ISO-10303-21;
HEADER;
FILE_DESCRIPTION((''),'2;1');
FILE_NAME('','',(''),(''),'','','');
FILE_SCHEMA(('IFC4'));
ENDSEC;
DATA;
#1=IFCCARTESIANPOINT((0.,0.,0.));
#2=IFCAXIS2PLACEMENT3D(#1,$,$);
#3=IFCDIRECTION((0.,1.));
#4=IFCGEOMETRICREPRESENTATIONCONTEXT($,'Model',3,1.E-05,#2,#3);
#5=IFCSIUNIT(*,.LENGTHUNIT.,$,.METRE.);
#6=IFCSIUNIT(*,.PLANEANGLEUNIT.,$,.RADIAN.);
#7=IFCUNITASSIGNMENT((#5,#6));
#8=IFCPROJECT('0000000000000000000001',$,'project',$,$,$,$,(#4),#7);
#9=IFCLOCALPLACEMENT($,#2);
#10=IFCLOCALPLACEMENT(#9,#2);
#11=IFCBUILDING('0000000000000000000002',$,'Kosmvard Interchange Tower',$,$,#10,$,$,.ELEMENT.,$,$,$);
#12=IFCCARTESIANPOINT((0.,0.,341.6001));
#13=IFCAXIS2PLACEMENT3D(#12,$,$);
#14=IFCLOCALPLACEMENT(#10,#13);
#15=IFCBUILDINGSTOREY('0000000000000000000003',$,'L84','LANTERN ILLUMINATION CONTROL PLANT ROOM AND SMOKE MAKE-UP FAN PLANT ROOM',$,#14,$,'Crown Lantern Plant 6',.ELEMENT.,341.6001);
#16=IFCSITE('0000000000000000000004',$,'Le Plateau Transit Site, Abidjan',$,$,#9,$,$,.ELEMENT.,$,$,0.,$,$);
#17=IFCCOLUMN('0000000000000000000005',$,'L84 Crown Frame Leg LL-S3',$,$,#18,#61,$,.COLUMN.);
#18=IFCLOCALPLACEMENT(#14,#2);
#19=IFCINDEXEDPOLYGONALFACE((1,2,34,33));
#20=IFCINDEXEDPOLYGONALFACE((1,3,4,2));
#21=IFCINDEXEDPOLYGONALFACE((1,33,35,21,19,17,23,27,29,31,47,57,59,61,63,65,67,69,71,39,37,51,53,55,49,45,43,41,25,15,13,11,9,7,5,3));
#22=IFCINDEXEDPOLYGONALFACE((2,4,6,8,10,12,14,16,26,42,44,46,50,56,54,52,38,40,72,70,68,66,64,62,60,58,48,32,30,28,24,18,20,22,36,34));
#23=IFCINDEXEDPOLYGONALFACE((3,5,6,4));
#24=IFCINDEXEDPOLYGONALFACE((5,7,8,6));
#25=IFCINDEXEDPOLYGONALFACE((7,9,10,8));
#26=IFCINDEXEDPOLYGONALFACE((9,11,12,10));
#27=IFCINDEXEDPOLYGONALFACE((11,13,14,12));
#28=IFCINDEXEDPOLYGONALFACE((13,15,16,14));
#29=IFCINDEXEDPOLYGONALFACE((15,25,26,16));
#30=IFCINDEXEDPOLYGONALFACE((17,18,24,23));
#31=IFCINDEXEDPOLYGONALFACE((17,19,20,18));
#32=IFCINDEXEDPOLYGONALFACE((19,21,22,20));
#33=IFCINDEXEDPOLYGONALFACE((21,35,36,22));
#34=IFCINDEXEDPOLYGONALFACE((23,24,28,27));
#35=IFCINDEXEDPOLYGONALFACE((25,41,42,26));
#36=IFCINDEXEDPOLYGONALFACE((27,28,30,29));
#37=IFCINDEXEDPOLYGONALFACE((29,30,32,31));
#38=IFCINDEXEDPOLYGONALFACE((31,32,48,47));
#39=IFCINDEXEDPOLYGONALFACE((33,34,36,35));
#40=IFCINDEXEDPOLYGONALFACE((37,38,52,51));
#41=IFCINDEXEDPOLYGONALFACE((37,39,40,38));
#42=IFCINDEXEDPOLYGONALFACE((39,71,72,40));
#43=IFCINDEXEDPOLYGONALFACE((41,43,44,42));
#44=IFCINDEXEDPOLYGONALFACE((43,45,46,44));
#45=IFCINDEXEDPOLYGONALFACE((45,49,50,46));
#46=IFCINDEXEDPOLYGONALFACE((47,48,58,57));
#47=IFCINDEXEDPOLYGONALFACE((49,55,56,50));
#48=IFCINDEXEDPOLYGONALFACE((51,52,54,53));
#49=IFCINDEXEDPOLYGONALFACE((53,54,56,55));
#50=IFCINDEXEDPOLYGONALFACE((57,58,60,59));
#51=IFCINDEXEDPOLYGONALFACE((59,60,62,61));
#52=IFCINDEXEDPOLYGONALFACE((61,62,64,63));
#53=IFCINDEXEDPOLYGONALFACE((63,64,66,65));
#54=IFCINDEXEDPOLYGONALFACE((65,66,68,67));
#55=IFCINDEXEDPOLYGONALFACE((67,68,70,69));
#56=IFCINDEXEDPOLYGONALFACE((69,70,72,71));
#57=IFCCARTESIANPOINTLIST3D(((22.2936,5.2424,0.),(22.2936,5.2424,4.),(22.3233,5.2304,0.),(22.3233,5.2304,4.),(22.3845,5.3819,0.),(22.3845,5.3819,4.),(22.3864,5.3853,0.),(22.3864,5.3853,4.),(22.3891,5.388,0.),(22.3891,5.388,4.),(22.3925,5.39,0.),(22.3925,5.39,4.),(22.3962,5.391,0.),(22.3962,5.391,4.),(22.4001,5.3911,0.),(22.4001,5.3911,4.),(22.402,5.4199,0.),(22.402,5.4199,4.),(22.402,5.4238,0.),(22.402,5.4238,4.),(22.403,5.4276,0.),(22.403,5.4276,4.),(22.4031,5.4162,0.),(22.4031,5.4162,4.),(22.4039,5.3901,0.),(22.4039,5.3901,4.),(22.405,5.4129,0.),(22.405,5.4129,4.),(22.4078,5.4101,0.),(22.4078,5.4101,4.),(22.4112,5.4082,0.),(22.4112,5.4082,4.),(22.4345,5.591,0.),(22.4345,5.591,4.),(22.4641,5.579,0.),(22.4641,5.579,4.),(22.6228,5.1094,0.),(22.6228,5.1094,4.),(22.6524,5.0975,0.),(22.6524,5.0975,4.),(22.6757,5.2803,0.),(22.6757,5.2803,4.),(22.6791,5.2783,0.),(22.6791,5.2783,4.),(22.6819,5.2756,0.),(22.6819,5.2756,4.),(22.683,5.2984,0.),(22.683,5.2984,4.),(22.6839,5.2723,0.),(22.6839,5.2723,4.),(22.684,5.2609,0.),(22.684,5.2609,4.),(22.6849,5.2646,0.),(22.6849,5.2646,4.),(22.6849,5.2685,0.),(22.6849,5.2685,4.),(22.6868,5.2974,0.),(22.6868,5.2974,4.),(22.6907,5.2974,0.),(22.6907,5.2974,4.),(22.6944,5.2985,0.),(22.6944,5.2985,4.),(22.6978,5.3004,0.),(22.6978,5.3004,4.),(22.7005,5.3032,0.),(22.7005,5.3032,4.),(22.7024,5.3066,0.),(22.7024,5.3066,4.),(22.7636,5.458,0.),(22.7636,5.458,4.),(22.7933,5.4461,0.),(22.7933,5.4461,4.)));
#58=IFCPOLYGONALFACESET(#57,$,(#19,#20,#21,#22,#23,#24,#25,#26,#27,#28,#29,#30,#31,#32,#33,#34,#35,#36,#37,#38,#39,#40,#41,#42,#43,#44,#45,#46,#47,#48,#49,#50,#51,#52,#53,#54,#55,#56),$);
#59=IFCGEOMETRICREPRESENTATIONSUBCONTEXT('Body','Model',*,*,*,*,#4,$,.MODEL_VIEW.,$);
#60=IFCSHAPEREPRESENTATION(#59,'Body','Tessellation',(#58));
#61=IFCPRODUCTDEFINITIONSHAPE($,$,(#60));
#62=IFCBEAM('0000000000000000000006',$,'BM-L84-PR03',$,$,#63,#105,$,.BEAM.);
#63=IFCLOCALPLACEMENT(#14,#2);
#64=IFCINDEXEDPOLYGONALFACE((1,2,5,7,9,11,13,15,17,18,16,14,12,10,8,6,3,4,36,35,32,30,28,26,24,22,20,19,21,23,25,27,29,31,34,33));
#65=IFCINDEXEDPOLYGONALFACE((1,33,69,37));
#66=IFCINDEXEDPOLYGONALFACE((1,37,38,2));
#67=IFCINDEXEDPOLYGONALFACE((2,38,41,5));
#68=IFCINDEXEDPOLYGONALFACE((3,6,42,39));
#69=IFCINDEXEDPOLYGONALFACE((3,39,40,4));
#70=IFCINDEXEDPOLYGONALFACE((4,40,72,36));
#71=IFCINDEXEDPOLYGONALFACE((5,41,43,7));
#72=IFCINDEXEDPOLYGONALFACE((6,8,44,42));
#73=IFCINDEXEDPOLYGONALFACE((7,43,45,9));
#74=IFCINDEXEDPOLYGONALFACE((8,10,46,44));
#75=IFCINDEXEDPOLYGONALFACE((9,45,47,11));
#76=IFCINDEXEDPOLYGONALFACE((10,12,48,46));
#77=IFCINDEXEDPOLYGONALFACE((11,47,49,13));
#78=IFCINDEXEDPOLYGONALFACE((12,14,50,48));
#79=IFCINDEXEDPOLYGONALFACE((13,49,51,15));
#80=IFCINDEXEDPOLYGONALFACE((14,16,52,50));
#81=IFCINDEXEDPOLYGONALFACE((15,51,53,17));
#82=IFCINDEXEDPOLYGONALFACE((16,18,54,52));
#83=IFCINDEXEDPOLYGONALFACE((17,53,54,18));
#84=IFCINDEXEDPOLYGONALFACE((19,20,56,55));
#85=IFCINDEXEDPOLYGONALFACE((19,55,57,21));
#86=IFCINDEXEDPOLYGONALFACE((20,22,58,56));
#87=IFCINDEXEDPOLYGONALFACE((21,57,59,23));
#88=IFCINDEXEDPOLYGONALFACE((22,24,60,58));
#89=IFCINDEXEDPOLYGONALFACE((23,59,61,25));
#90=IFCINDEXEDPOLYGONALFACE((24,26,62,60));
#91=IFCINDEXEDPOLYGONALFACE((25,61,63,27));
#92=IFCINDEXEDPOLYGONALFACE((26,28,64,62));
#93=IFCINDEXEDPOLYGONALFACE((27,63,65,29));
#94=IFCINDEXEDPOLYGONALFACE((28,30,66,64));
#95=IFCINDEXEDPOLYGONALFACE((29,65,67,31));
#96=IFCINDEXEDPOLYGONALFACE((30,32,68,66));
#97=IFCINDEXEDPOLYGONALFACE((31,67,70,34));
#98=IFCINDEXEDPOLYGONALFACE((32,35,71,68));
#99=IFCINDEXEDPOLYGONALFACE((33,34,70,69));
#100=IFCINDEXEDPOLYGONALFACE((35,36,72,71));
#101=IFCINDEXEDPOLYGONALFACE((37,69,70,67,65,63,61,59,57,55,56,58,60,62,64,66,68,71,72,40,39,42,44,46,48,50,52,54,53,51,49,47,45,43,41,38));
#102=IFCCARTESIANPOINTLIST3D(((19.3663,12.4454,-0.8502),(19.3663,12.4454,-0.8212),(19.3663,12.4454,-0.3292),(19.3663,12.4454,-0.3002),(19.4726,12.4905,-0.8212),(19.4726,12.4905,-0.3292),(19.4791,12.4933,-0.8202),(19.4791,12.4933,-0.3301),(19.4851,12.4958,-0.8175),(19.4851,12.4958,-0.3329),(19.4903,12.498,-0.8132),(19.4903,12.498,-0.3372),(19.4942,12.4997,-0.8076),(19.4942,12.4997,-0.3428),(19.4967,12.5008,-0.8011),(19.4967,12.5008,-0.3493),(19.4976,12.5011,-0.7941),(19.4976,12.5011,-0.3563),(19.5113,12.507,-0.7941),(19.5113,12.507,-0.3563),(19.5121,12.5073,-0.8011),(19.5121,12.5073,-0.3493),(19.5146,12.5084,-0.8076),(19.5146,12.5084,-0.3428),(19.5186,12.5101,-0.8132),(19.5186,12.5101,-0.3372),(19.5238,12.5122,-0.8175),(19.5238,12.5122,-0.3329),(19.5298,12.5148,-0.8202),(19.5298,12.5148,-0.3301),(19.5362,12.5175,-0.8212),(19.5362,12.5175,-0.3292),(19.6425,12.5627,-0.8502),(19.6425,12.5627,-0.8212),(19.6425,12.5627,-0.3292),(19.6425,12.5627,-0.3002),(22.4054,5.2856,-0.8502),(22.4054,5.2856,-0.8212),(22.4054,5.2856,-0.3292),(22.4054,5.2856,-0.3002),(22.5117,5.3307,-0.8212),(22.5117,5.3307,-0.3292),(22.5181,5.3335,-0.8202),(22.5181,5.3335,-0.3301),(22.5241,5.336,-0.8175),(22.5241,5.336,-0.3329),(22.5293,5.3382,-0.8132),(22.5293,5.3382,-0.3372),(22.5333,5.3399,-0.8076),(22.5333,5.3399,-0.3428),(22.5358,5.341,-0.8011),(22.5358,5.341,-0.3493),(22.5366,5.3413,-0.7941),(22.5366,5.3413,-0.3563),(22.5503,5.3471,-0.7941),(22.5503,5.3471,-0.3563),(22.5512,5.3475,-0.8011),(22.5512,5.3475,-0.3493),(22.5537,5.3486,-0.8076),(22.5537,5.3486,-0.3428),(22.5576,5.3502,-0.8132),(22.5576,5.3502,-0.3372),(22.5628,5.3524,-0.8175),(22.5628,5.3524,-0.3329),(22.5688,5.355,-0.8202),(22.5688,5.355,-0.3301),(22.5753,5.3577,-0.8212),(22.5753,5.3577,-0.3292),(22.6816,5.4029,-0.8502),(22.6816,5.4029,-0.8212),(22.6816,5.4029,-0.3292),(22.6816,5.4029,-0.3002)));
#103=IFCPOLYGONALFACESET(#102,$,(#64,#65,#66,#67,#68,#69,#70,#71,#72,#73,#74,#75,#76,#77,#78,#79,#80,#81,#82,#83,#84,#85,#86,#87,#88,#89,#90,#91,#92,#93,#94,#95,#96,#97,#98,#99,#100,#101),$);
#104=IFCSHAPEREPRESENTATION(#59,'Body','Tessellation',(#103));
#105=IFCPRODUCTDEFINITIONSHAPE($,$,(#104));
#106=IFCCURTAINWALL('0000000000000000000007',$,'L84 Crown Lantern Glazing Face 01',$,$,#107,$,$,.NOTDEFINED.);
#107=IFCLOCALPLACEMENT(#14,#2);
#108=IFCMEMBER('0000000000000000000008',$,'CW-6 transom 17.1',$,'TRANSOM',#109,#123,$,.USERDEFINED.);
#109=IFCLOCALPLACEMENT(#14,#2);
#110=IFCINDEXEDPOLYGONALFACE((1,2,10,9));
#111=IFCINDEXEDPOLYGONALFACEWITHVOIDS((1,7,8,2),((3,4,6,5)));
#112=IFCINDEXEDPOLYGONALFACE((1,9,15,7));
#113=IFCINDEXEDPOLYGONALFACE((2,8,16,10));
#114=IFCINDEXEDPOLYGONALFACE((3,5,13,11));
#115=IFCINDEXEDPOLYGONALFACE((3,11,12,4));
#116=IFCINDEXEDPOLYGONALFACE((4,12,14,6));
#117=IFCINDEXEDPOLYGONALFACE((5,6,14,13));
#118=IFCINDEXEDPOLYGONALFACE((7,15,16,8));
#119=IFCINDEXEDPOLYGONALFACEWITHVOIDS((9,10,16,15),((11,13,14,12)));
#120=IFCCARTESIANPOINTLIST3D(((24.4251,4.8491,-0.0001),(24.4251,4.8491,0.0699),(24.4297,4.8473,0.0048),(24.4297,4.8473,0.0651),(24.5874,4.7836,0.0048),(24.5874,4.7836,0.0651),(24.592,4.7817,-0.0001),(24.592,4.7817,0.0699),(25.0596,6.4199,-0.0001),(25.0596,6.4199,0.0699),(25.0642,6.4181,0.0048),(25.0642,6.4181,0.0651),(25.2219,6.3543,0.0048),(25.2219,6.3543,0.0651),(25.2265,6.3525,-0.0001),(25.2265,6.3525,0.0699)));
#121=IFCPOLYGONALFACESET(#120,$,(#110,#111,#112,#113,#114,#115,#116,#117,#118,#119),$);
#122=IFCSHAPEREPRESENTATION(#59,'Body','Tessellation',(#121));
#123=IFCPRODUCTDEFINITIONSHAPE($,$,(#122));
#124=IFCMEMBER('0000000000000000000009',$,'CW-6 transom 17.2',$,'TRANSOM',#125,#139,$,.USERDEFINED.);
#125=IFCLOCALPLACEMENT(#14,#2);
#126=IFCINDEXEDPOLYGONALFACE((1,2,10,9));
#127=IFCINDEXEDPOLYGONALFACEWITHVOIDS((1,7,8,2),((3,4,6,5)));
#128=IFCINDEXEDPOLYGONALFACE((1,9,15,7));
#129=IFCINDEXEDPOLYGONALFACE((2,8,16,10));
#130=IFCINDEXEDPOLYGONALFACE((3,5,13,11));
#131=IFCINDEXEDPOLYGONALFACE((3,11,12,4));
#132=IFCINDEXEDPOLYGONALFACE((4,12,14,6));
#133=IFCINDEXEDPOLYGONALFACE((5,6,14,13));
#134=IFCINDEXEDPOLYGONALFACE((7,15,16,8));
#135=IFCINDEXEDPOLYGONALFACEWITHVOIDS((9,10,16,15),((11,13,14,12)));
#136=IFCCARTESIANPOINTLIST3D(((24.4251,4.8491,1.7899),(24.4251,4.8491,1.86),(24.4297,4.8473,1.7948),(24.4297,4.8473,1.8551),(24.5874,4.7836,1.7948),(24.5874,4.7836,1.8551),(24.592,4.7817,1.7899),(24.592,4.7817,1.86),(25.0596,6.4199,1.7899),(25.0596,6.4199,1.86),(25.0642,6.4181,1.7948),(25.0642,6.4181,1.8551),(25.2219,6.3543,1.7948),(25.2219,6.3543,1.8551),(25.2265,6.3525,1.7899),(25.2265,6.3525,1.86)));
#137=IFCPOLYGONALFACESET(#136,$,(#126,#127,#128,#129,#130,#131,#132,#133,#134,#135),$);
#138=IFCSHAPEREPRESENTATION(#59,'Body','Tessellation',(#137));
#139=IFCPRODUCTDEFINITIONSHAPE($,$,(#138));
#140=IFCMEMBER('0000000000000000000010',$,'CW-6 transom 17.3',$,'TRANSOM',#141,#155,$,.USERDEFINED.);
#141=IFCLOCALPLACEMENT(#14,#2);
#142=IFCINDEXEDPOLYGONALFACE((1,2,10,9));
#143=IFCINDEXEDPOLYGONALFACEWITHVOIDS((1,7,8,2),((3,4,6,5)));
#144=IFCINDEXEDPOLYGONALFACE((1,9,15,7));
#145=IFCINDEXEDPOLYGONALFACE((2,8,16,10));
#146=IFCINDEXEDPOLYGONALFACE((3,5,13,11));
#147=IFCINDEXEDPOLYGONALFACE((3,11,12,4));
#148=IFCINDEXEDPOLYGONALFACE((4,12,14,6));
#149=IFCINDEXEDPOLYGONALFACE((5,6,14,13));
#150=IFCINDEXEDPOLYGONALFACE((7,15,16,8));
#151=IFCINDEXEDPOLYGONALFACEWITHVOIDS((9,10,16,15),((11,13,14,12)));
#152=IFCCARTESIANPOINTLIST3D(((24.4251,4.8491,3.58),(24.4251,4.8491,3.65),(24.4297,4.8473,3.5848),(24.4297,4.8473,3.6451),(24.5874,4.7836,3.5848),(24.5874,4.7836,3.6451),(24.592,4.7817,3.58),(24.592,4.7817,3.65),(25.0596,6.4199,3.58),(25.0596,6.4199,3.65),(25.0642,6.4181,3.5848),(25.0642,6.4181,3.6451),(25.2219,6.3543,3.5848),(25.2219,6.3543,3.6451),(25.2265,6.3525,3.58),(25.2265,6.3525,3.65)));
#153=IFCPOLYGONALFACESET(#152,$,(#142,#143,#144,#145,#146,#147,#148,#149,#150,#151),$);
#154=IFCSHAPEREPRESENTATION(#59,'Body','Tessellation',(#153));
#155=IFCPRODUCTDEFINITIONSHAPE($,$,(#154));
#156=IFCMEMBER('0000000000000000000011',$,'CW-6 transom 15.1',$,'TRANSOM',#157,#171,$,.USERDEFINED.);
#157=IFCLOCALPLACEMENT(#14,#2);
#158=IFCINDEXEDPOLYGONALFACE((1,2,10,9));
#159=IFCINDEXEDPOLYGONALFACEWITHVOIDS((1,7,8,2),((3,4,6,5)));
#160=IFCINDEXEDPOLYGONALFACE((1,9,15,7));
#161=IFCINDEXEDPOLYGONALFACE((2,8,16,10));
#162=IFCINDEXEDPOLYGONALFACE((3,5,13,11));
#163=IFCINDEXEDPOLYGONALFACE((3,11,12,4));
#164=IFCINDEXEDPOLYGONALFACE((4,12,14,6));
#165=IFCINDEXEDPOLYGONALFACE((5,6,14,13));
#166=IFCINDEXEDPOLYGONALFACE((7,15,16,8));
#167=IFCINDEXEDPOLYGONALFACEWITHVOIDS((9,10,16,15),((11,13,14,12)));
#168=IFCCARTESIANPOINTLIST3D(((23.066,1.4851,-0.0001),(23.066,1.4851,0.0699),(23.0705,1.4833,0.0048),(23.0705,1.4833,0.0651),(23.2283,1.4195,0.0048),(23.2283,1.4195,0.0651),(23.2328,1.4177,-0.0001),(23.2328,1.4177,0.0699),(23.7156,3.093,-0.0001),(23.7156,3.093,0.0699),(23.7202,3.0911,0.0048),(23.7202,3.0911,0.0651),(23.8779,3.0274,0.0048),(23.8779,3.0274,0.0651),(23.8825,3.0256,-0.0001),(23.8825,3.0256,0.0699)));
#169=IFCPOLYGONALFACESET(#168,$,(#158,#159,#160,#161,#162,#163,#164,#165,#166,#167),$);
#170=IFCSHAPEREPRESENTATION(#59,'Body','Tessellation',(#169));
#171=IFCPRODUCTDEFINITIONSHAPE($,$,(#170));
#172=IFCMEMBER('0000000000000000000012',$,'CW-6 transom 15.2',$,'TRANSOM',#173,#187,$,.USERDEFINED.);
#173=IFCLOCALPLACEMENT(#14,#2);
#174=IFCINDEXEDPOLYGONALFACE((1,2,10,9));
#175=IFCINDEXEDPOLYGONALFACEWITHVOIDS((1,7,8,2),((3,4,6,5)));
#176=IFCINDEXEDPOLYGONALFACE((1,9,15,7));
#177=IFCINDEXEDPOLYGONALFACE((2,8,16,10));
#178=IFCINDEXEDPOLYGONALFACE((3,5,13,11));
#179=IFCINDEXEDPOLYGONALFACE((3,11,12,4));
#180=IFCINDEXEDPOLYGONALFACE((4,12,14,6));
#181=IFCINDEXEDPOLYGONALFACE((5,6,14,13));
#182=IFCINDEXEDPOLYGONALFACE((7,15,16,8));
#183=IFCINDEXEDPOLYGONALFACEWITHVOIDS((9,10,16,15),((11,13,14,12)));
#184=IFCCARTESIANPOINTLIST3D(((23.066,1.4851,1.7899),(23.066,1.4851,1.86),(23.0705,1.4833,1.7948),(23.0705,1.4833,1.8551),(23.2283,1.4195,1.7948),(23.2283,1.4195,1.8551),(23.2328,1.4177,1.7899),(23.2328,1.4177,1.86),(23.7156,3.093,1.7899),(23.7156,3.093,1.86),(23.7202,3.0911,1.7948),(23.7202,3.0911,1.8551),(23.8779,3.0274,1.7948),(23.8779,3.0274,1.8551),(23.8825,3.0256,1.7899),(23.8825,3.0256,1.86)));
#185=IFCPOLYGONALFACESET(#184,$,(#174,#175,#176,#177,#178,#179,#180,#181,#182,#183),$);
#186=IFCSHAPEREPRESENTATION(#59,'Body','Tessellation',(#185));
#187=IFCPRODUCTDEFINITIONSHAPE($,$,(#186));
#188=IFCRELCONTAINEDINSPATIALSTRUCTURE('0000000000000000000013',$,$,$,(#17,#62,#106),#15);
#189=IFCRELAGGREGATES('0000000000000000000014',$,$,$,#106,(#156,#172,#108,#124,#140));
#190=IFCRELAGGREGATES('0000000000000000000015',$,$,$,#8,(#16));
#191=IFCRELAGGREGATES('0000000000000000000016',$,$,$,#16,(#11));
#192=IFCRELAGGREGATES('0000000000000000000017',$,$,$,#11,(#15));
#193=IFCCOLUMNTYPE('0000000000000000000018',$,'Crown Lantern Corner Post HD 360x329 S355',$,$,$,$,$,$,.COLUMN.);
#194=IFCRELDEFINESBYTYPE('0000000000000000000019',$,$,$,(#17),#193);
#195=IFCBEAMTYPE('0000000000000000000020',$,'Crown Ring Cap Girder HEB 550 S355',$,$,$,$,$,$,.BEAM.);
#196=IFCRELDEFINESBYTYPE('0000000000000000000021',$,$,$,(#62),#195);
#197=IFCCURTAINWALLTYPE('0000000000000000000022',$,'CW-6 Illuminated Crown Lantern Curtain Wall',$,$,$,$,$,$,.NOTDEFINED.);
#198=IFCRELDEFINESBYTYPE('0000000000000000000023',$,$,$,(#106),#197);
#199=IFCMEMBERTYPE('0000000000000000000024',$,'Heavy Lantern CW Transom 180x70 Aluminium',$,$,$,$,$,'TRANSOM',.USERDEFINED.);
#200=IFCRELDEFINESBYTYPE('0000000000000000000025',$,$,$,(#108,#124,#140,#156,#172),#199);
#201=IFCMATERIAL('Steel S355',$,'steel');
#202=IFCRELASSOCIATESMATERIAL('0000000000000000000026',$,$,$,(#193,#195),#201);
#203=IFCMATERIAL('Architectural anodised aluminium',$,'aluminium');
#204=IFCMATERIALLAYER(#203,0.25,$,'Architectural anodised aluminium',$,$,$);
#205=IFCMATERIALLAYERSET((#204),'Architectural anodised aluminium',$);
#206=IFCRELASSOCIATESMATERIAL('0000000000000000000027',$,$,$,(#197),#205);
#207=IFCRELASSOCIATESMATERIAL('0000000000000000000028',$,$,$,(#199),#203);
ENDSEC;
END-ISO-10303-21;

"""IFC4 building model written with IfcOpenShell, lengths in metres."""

from ifc_helpers import new_model, si_unit, direction, frame, origin, origin_2d, place, context, subcontext, project, spatial, hollow_rectangle, i_section, extrude, source, transform, mapped, material, layer, layer_set, material_profile, profile_set, type_object, element, aggregate, save


model = new_model("IFC4")

# Units and contexts
model_context = context("Model", 3, precision=1e-05, world=origin(), true_north=direction((0.0, 1.0)))
body_context = subcontext(model_context, "Body", "Model", "MODEL_VIEW")
ifc_project = project(units=[si_unit("LENGTHUNIT", "METRE"), si_unit("PLANEANGLEUNIT", "RADIAN")], contexts=[model_context])

# Site, building, storey
site_placement = place(None, origin())
site = spatial("IfcSite", under=ifc_project, at=site_placement, Name="Le Plateau Transit Site, Abidjan", CompositionType="ELEMENT", RefElevation=0.0)
building_placement = place(site_placement, origin())
building = spatial("IfcBuilding", under=site, at=building_placement, Name="Kosmvard Interchange Tower", CompositionType="ELEMENT")
storey_placement = place(building_placement, frame((0.0, 0.0, 341.6001)))
storey = spatial("IfcBuildingStorey", under=building, at=storey_placement, Name="L84", Description="LANTERN ILLUMINATION CONTROL PLANT ROOM AND SMOKE MAKE-UP FAN PLANT ROOM", LongName="Crown Lantern Plant 6", CompositionType="ELEMENT", Elevation=341.6001)

# Column
ifc_material_1 = material(Name="Steel S355", Category="steel")
ifc_material_profile_1 = material_profile(ifc_material_1, i_section(OverallWidth=0.376, OverallDepth=0.387, WebThickness=0.0195, FlangeThickness=0.032, FilletRadius=0.0149, at=origin_2d()), Name="HD 360x329")
ifc_profile_set_1 = profile_set([ifc_material_profile_1], Name="Steel S355")
column_type = type_object("IfcColumnType", Name="Crown Lantern Corner Post HD 360x329 S355", PredefinedType="COLUMN", material=ifc_profile_set_1)
shared_shape_1 = source(origin(), body_context, "Body", "SweptSolid", [
    extrude(i_section(OverallWidth=0.376, OverallDepth=0.387, WebThickness=0.0195, FlangeThickness=0.032, FilletRadius=0.0149, at=origin_2d()), origin(), (0.0, 0.0, 1.0), 4.0),
])
column_placement = place(storey_placement, frame((22.5435, 5.3442, 0.0), z_axis=(0.0, 0.0, 1.0), x_axis=(0.374607, 0.927184, 0.0)))
element("IfcColumn", 1, at=column_placement, inside=storey, type_object=column_type, Name="L84 Crown Frame Leg LL-S3", PredefinedType="COLUMN", context=body_context, shape_type="MappedRepresentation", body=[
    mapped(shared_shape_1, transform((0.0, 0.0, 0.0), scale=1.0)),
])

# Beam
ifc_material_profile_2 = material_profile(ifc_material_1, i_section(OverallWidth=0.3, OverallDepth=0.55, WebThickness=0.0149, FlangeThickness=0.0291, FilletRadius=0.0271, at=origin_2d()), Name="HEB 550")
ifc_profile_set_2 = profile_set([ifc_material_profile_2], Name="Steel S355")
beam_type = type_object("IfcBeamType", Name="Crown Ring Cap Girder HEB 550 S355", PredefinedType="BEAM", material=ifc_profile_set_2)
shared_shape_2 = source(origin(), body_context, "Body", "SweptSolid", [
    extrude(i_section(OverallWidth=0.3, OverallDepth=0.55, WebThickness=0.0149, FlangeThickness=0.0291, FilletRadius=0.0271, at=origin_2d()), origin(), (0.0, 0.0, 1.0), 7.7781),
])
beam_placement = place(storey_placement, frame((22.5435, 5.3442, -0.5752), z_axis=(-0.390716, 0.920511, 0.0), x_axis=(-0.920511, -0.390716, 0.0)))
element("IfcBeam", 2, at=beam_placement, inside=storey, type_object=beam_type, Name="BM-L84-PR03", PredefinedType="BEAM", context=body_context, shape_type="MappedRepresentation", body=[
    mapped(shared_shape_2, transform((0.0, 0.0, 0.0), scale=1.0)),
])

# Curtain wall, members
ifc_material_2 = material(Name="Architectural anodised aluminium", Category="aluminium")
ifc_layer_1 = layer(ifc_material_2, 0.25, Name="Architectural anodised aluminium")
ifc_layer_set_1 = layer_set([ifc_layer_1], Name="Architectural anodised aluminium")
curtain_wall_type = type_object("IfcCurtainWallType", Name="CW-6 Illuminated Crown Lantern Curtain Wall", PredefinedType="NOTDEFINED", material=ifc_layer_set_1)
curtain_wall_placement = place(storey_placement, origin())
curtain_wall = element("IfcCurtainWall", 3, at=curtain_wall_placement, inside=storey, type_object=curtain_wall_type, Name="L84 Crown Lantern Glazing Face 01", PredefinedType="NOTDEFINED")
ifc_material_profile_3 = material_profile(ifc_material_2, hollow_rectangle(XDim=0.1799, YDim=0.0701, WallThickness=0.0049, at=origin_2d()), Name="CWT 180x70x5")
ifc_profile_set_3 = profile_set([ifc_material_profile_3], Name="Architectural anodised aluminium")
member_type_1 = type_object("IfcMemberType", Name="Heavy Lantern CW Transom 180x70 Aluminium", ElementType="TRANSOM", PredefinedType="USERDEFINED", material=ifc_profile_set_3)
shared_shape_3 = source(origin(), body_context, "Body", "SweptSolid", [
    extrude(hollow_rectangle(XDim=0.1799, YDim=0.0701, WallThickness=0.0049, at=origin_2d()), origin(), (0.0, 0.0, 1.0), 1.6941),
])
member_1_placement = place(storey_placement, frame((24.5085, 4.8154, 0.0349), z_axis=(0.374544, 0.927209, 0.0), x_axis=(-0.927209, 0.374544, 0.0)))
member_1 = element("IfcMember", 4, at=member_1_placement, type_object=member_type_1, Name="CW-6 transom 17.1", ObjectType="TRANSOM", PredefinedType="USERDEFINED", context=body_context, shape_type="MappedRepresentation", body=[
    mapped(shared_shape_3, transform((0.0, 0.0, 0.0), scale=1.0)),
])
member_2_placement = place(storey_placement, frame((24.5085, 4.8154, 1.825), z_axis=(0.374544, 0.927209, 0.0), x_axis=(-0.927209, 0.374544, 0.0)))
member_2 = element("IfcMember", 5, at=member_2_placement, type_object=member_type_1, Name="CW-6 transom 17.2", ObjectType="TRANSOM", PredefinedType="USERDEFINED", context=body_context, shape_type="MappedRepresentation", body=[
    mapped(shared_shape_3, transform((0.0, 0.0, 0.0), scale=1.0)),
])
member_3_placement = place(storey_placement, frame((24.5085, 4.8154, 3.615), z_axis=(0.374544, 0.927209, 0.0), x_axis=(-0.927209, 0.374544, 0.0)))
member_3 = element("IfcMember", 6, at=member_3_placement, type_object=member_type_1, Name="CW-6 transom 17.3", ObjectType="TRANSOM", PredefinedType="USERDEFINED", context=body_context, shape_type="MappedRepresentation", body=[
    mapped(shared_shape_3, transform((0.0, 0.0, 0.0), scale=1.0)),
])
shared_shape_4 = source(origin(), body_context, "Body", "SweptSolid", [
    extrude(hollow_rectangle(XDim=0.1799, YDim=0.0701, WallThickness=0.0049, at=origin_2d()), origin(), (0.0, 0.0, 1.0), 1.7341),
])
member_4_placement = place(storey_placement, frame((23.1494, 1.4514, 0.0349), z_axis=(0.374617, 0.92718, 0.0), x_axis=(-0.92718, 0.374617, 0.0)))
member_4 = element("IfcMember", 7, at=member_4_placement, type_object=member_type_1, Name="CW-6 transom 15.1", ObjectType="TRANSOM", PredefinedType="USERDEFINED", context=body_context, shape_type="MappedRepresentation", body=[
    mapped(shared_shape_4, transform((0.0, 0.0, 0.0), scale=1.0)),
])
member_5_placement = place(storey_placement, frame((23.1494, 1.4514, 1.825), z_axis=(0.374617, 0.92718, 0.0), x_axis=(-0.92718, 0.374617, 0.0)))
member_5 = element("IfcMember", 8, at=member_5_placement, type_object=member_type_1, Name="CW-6 transom 15.2", ObjectType="TRANSOM", PredefinedType="USERDEFINED", context=body_context, shape_type="MappedRepresentation", body=[
    mapped(shared_shape_4, transform((0.0, 0.0, 0.0), scale=1.0)),
])

aggregate(curtain_wall, [member_4, member_5, member_1, member_2, member_3])

save(model, "model.ifc")
